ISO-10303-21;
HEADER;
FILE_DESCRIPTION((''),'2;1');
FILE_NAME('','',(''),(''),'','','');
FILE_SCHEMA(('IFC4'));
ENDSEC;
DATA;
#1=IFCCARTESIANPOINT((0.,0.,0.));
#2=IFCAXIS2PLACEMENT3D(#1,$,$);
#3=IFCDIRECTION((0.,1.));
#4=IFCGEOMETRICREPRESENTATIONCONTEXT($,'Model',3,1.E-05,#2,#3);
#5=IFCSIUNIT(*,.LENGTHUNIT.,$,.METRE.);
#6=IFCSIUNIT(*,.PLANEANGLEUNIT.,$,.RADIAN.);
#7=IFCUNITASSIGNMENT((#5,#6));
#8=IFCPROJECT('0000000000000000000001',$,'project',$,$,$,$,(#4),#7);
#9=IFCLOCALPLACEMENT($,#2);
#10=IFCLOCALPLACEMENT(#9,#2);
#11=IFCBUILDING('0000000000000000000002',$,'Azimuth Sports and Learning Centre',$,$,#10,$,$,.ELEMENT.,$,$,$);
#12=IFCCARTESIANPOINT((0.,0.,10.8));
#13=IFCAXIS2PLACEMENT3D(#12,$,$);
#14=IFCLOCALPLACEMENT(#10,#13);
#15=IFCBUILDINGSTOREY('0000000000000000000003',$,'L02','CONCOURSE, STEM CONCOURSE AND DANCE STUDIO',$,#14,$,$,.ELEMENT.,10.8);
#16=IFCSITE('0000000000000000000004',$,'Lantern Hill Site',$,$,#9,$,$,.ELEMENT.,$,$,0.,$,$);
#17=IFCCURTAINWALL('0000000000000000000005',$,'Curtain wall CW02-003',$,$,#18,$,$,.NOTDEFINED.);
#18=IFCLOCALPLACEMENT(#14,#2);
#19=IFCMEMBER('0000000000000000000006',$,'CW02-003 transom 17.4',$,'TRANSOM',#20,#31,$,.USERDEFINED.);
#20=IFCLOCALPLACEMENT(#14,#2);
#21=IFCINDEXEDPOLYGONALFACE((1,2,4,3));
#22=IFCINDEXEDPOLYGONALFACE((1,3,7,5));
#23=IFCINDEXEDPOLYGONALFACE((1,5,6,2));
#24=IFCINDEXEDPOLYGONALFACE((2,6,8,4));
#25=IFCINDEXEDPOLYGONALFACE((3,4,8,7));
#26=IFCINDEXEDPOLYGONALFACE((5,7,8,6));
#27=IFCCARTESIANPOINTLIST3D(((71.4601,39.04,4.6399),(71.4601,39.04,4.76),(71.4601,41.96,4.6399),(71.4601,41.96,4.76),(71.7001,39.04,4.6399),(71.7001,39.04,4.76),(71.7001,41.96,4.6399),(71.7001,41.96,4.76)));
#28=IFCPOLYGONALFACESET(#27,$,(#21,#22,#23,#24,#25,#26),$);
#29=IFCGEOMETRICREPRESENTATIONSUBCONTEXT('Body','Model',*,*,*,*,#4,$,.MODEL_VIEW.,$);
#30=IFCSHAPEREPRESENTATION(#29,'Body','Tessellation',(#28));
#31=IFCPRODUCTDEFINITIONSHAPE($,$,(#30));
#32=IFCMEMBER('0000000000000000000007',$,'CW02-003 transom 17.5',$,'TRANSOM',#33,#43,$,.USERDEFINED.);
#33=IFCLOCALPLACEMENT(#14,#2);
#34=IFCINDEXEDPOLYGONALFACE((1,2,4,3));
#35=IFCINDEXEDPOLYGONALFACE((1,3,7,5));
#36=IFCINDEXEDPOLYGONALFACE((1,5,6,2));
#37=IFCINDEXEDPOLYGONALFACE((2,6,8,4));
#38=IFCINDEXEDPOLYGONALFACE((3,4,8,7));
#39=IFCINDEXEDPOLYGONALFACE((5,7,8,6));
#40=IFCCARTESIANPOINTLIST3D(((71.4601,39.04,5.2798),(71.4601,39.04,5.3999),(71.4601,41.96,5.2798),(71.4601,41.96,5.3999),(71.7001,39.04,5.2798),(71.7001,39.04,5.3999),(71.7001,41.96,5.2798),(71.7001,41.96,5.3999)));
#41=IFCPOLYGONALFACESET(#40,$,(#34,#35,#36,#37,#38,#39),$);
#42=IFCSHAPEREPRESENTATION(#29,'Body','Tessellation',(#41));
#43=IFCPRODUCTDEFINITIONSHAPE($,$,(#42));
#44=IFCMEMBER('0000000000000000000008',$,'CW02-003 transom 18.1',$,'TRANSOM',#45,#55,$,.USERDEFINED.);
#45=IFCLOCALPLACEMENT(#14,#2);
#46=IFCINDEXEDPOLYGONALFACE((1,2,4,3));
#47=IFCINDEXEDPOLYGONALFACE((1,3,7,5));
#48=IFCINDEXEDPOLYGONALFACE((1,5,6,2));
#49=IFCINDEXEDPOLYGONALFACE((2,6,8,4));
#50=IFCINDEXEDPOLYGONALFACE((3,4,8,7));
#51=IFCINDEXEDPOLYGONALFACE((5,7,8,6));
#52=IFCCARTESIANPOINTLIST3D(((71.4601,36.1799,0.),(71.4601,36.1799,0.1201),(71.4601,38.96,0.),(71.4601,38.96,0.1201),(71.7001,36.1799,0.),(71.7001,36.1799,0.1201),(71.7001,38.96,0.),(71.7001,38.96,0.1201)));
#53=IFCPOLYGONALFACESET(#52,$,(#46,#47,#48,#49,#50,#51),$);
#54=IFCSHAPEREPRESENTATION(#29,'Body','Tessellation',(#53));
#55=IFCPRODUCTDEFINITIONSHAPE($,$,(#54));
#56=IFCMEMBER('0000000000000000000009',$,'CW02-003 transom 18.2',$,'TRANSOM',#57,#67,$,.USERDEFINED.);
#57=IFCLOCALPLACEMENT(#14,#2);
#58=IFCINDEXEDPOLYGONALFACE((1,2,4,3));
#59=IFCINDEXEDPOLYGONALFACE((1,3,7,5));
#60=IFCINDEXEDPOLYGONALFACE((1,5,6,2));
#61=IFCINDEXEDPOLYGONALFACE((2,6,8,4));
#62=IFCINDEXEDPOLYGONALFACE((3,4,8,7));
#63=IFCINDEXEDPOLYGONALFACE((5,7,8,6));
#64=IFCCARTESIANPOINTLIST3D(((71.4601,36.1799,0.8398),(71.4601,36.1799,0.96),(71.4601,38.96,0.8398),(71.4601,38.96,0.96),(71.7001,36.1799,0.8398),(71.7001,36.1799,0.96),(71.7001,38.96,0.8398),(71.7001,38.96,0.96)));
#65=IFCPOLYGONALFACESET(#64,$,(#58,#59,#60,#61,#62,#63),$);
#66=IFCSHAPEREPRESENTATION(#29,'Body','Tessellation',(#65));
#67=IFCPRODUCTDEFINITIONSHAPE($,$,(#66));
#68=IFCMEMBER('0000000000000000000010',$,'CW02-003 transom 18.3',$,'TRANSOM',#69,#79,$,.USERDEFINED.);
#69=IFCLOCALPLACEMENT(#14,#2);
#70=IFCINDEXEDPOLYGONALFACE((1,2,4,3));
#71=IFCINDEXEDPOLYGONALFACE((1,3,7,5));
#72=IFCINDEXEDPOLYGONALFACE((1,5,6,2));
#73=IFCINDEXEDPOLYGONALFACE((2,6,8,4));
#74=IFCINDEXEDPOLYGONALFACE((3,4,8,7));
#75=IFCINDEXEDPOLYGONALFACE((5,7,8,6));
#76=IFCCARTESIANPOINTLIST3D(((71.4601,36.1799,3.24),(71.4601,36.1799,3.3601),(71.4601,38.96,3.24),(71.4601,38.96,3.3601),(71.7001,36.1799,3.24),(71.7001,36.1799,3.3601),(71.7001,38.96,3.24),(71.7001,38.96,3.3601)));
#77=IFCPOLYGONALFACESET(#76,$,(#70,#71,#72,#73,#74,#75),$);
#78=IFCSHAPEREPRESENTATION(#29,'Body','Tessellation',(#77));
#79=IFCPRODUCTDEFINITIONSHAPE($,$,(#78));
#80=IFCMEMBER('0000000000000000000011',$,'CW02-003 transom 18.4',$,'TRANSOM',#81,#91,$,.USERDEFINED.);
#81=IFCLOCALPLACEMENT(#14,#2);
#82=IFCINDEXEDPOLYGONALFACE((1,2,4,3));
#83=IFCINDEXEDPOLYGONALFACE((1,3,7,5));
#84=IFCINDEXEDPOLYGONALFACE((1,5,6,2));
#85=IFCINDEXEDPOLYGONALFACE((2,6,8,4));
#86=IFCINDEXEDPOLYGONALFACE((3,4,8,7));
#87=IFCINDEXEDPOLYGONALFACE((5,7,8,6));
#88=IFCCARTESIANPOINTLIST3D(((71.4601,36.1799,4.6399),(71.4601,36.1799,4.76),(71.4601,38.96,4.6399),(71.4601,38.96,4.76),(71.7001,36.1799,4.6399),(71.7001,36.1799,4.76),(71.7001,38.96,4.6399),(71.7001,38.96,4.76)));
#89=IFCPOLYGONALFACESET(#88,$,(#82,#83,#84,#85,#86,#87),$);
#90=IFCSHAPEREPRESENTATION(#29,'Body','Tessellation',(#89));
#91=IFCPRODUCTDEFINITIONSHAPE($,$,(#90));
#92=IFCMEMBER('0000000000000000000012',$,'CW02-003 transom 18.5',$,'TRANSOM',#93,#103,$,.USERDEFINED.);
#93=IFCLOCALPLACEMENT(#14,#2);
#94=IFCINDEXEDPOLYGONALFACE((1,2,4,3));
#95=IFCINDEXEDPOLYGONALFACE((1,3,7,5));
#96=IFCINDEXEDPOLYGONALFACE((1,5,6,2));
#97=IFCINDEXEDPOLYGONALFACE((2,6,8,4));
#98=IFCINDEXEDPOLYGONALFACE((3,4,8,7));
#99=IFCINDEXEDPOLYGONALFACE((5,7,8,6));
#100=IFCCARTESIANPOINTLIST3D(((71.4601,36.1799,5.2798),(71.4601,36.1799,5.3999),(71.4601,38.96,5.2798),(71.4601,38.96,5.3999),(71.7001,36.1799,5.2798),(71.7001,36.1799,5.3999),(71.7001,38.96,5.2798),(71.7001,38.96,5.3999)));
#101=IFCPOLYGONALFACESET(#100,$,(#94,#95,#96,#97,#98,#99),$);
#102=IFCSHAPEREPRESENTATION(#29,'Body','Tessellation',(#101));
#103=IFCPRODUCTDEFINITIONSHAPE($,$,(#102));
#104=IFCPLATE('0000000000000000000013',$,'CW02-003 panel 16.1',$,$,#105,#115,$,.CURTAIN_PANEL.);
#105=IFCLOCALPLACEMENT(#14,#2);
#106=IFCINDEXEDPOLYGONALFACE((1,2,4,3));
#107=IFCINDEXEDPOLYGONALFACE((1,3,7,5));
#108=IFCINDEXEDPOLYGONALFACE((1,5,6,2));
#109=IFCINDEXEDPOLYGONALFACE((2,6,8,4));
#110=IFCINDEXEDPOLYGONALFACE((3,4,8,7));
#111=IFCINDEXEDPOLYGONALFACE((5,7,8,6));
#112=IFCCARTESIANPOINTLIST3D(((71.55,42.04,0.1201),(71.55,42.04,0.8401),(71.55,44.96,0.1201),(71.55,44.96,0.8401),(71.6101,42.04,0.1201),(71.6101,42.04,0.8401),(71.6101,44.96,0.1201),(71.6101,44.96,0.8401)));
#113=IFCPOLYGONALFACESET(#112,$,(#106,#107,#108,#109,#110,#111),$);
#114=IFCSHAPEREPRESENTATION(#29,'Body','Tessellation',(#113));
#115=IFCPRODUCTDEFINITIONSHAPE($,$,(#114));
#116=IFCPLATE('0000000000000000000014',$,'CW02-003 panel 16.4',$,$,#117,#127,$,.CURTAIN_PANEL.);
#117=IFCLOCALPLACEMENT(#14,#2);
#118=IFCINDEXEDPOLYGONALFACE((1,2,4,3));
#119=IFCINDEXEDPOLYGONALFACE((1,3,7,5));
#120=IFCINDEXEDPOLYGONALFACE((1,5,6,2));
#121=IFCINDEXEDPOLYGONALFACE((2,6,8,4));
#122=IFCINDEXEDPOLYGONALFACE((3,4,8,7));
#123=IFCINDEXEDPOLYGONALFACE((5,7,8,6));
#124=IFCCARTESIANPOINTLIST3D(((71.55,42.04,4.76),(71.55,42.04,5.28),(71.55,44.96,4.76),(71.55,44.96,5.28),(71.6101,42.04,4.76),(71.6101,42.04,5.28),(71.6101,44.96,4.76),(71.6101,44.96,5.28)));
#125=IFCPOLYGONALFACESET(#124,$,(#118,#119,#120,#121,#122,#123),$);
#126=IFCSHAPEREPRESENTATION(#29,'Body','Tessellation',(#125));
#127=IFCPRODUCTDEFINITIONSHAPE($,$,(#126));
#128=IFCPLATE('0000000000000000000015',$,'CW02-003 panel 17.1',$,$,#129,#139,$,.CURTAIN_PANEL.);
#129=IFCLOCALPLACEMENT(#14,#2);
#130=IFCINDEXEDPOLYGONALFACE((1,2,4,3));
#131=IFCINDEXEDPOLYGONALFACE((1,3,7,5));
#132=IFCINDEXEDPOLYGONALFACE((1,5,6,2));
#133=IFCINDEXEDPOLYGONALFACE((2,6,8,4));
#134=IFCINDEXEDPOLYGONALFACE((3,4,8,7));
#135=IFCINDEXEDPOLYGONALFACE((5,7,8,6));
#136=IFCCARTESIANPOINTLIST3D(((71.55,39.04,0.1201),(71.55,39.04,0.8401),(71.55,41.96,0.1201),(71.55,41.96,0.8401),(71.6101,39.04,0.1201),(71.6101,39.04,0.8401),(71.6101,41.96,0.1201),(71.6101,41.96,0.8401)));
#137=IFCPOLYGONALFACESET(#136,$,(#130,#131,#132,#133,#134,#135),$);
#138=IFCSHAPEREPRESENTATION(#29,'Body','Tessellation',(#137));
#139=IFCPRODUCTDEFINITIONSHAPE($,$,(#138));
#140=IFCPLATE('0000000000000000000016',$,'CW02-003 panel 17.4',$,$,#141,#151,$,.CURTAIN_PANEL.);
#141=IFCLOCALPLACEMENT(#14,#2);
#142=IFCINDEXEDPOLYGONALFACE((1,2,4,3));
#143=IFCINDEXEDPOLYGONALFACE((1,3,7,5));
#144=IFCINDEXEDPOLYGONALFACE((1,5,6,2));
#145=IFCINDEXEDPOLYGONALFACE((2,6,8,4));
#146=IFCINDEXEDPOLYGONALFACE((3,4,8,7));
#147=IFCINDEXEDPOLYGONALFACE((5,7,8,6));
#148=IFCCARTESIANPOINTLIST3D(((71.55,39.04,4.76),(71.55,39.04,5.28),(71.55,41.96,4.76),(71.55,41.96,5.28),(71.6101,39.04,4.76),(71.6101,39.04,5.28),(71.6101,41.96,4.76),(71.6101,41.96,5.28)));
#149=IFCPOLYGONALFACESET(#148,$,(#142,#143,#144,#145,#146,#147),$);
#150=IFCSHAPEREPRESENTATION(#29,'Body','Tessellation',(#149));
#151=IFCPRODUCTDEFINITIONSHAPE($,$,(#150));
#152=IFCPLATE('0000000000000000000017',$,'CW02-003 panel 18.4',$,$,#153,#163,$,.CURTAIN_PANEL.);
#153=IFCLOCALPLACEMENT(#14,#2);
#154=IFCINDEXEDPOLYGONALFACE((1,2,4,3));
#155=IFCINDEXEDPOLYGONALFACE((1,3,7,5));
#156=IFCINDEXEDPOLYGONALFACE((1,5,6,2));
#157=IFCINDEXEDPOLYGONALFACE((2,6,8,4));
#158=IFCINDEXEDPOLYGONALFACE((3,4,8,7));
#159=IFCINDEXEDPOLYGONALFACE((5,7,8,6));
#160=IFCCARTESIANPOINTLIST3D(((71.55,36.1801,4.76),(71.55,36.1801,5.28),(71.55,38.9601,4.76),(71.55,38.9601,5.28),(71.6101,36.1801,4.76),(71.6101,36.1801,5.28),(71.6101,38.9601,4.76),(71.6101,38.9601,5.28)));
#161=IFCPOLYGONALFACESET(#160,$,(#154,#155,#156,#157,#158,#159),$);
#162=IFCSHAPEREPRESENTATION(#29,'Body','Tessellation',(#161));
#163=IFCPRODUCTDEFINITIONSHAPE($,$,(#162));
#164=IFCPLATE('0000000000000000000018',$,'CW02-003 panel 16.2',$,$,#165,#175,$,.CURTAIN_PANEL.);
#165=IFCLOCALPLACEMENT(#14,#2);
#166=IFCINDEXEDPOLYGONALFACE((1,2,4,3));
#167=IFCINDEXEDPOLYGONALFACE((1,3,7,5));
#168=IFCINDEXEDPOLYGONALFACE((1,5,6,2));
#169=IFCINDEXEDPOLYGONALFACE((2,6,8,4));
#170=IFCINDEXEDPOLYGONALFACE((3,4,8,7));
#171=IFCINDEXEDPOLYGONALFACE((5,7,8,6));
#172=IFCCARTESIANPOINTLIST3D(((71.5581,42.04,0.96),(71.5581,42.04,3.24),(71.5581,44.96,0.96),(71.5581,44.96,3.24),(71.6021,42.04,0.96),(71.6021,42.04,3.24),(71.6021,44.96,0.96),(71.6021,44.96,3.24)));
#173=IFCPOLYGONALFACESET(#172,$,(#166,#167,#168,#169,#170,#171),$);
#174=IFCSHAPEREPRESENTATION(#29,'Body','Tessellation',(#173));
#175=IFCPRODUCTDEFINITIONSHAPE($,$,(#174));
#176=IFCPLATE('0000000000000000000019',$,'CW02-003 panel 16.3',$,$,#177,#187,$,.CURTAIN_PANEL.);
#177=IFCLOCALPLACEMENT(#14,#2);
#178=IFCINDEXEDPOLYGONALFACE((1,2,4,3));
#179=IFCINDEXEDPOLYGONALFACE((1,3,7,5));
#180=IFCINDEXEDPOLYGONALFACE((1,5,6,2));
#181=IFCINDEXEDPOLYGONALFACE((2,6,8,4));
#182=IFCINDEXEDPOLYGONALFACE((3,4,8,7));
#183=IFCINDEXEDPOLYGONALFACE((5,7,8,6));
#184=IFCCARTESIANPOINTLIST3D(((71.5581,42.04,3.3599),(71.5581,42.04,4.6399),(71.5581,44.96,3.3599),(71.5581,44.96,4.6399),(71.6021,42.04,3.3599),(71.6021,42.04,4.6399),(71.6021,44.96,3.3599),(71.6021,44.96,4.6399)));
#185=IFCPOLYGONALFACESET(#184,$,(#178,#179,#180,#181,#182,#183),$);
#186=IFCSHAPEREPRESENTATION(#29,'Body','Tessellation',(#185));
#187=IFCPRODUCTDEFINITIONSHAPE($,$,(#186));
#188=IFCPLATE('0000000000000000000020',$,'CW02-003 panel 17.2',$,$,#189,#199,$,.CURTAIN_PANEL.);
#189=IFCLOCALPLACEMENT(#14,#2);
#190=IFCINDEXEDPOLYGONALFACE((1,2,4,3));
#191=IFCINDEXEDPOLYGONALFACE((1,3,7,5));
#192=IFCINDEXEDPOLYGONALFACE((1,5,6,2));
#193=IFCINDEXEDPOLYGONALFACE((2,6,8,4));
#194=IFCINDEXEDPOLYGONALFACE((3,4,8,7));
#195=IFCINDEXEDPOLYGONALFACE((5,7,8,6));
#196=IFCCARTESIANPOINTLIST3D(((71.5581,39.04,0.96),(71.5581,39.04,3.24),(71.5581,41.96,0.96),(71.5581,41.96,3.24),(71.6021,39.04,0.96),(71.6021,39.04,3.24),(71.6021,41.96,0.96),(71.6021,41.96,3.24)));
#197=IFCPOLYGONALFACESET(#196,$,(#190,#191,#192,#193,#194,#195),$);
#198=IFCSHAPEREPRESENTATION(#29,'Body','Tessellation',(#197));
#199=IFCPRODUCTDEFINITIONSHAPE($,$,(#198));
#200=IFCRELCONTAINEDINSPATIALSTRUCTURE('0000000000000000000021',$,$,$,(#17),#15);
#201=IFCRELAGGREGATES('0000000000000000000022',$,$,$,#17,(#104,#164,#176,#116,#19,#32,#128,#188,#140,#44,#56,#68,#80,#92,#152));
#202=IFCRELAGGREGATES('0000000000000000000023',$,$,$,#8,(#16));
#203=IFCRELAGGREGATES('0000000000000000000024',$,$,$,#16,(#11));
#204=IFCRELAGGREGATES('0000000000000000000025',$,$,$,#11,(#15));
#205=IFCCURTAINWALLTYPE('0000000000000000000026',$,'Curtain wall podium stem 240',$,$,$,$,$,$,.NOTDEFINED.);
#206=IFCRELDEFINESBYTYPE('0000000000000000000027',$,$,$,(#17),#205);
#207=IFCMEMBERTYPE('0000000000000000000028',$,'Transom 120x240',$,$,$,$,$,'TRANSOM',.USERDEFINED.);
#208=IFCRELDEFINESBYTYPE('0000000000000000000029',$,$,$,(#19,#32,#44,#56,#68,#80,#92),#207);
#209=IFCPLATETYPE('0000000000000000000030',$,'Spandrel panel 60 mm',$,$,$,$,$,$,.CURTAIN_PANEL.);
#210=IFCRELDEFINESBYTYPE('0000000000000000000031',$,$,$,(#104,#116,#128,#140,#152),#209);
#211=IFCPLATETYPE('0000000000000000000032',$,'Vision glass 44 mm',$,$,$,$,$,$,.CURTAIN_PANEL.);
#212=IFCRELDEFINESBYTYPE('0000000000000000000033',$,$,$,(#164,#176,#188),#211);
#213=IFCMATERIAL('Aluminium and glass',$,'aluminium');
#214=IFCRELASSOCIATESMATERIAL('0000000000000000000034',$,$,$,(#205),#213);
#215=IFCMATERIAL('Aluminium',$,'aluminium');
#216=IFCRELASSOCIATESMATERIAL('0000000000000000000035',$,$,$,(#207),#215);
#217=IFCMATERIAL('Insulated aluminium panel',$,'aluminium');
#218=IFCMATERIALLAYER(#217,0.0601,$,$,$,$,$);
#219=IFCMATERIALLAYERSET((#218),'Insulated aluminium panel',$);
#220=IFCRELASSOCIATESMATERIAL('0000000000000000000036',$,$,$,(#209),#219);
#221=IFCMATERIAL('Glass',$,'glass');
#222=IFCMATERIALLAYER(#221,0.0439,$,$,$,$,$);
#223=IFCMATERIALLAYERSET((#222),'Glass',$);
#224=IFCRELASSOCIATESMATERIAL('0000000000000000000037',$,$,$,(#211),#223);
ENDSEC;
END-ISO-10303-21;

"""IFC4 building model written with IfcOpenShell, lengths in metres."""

from ifc_helpers import new_model, si_unit, direction, frame, origin, origin_2d, place, context, subcontext, project, spatial, rectangle, extrude, material, layer, layer_set, material_profile, profile_set, type_object, element, aggregate, save


model = new_model("IFC4")

# Units and contexts
model_context = context("Model", 3, precision=1e-05, world=origin(), true_north=direction((0.0, 1.0)))
body_context = subcontext(model_context, "Body", "Model", "MODEL_VIEW")
ifc_project = project(units=[si_unit("LENGTHUNIT", "METRE"), si_unit("PLANEANGLEUNIT", "RADIAN")], contexts=[model_context])

# Site, building, storey
site_placement = place(None, origin())
site = spatial("IfcSite", under=ifc_project, at=site_placement, Name="Lantern Hill Site", CompositionType="ELEMENT", RefElevation=0.0)
building_placement = place(site_placement, origin())
building = spatial("IfcBuilding", under=site, at=building_placement, Name="Azimuth Sports and Learning Centre", CompositionType="ELEMENT")
storey_placement = place(building_placement, frame((0.0, 0.0, 10.8)))
storey = spatial("IfcBuildingStorey", under=building, at=storey_placement, Name="L02", Description="CONCOURSE, STEM CONCOURSE AND DANCE STUDIO", CompositionType="ELEMENT", Elevation=10.8)

# Curtain wall, members, plates
ifc_material_1 = material(Name="Aluminium and glass", Category="aluminium")
curtain_wall_type = type_object("IfcCurtainWallType", Name="Curtain wall podium stem 240", PredefinedType="NOTDEFINED", material=ifc_material_1)
curtain_wall_placement = place(storey_placement, origin())
curtain_wall = element("IfcCurtainWall", 1, at=curtain_wall_placement, inside=storey, type_object=curtain_wall_type, Name="Curtain wall CW02-003", PredefinedType="NOTDEFINED")
ifc_material_2 = material(Name="Aluminium", Category="aluminium")
ifc_material_profile_1 = material_profile(ifc_material_2, rectangle(XDim=0.24, YDim=0.1201, at=origin_2d()), Name="Transom 120x240")
ifc_profile_set_1 = profile_set([ifc_material_profile_1], Name="Aluminium")
member_type_1 = type_object("IfcMemberType", Name="Transom 120x240", ElementType="TRANSOM", PredefinedType="USERDEFINED", material=ifc_profile_set_1)
member_1_placement = place(storey_placement, frame((71.5801, 41.96, 4.7), z_axis=(0.0, -1.0, 0.0), x_axis=(1.0, 0.0, 0.0)))
member_1 = element("IfcMember", 2, at=member_1_placement, type_object=member_type_1, Name="CW02-003 transom 17.4", ObjectType="TRANSOM", PredefinedType="USERDEFINED", context=body_context, shape_type="SweptSolid", body=[
    extrude(rectangle(XDim=0.24, YDim=0.1201, at=origin_2d()), origin(), (0.0, 0.0, 1.0), 2.9199),
])
member_2_placement = place(storey_placement, frame((71.5801, 41.96, 5.3398), z_axis=(0.0, -1.0, 0.0), x_axis=(1.0, 0.0, 0.0)))
member_2 = element("IfcMember", 3, at=member_2_placement, type_object=member_type_1, Name="CW02-003 transom 17.5", ObjectType="TRANSOM", PredefinedType="USERDEFINED", context=body_context, shape_type="SweptSolid", body=[
    extrude(rectangle(XDim=0.24, YDim=0.1201, at=origin_2d()), origin(), (0.0, 0.0, 1.0), 2.9199),
])
member_3_placement = place(storey_placement, frame((71.5801, 38.96, 0.0601), z_axis=(0.0, -1.0, 0.0), x_axis=(1.0, 0.0, 0.0)))
member_3 = element("IfcMember", 4, at=member_3_placement, type_object=member_type_1, Name="CW02-003 transom 18.1", ObjectType="TRANSOM", PredefinedType="USERDEFINED", context=body_context, shape_type="SweptSolid", body=[
    extrude(rectangle(XDim=0.24, YDim=0.1201, at=origin_2d()), origin(), (0.0, 0.0, 1.0), 2.78),
])
member_4_placement = place(storey_placement, frame((71.5801, 38.96, 0.8999), z_axis=(0.0, -1.0, 0.0), x_axis=(1.0, 0.0, 0.0)))
member_4 = element("IfcMember", 5, at=member_4_placement, type_object=member_type_1, Name="CW02-003 transom 18.2", ObjectType="TRANSOM", PredefinedType="USERDEFINED", context=body_context, shape_type="SweptSolid", body=[
    extrude(rectangle(XDim=0.24, YDim=0.1201, at=origin_2d()), origin(), (0.0, 0.0, 1.0), 2.78),
])
member_5_placement = place(storey_placement, frame((71.5801, 38.96, 3.3), z_axis=(0.0, -1.0, 0.0), x_axis=(1.0, 0.0, 0.0)))
member_5 = element("IfcMember", 6, at=member_5_placement, type_object=member_type_1, Name="CW02-003 transom 18.3", ObjectType="TRANSOM", PredefinedType="USERDEFINED", context=body_context, shape_type="SweptSolid", body=[
    extrude(rectangle(XDim=0.24, YDim=0.1201, at=origin_2d()), origin(), (0.0, 0.0, 1.0), 2.78),
])
member_6_placement = place(storey_placement, frame((71.5801, 38.96, 4.7), z_axis=(0.0, -1.0, 0.0), x_axis=(1.0, 0.0, 0.0)))
member_6 = element("IfcMember", 7, at=member_6_placement, type_object=member_type_1, Name="CW02-003 transom 18.4", ObjectType="TRANSOM", PredefinedType="USERDEFINED", context=body_context, shape_type="SweptSolid", body=[
    extrude(rectangle(XDim=0.24, YDim=0.1201, at=origin_2d()), origin(), (0.0, 0.0, 1.0), 2.78),
])
member_7_placement = place(storey_placement, frame((71.5801, 38.96, 5.3398), z_axis=(0.0, -1.0, 0.0), x_axis=(1.0, 0.0, 0.0)))
member_7 = element("IfcMember", 8, at=member_7_placement, type_object=member_type_1, Name="CW02-003 transom 18.5", ObjectType="TRANSOM", PredefinedType="USERDEFINED", context=body_context, shape_type="SweptSolid", body=[
    extrude(rectangle(XDim=0.24, YDim=0.1201, at=origin_2d()), origin(), (0.0, 0.0, 1.0), 2.78),
])
ifc_material_3 = material(Name="Insulated aluminium panel", Category="aluminium")
ifc_layer_1 = layer(ifc_material_3, 0.0601)
ifc_layer_set_1 = layer_set([ifc_layer_1], Name="Insulated aluminium panel")
plate_type_1 = type_object("IfcPlateType", Name="Spandrel panel 60 mm", PredefinedType="CURTAIN_PANEL", material=ifc_layer_set_1)
plate_1_placement = place(storey_placement, frame((71.5801, 43.5, 0.1201), z_axis=(0.0, 0.0, 1.0), x_axis=(0.0, -1.0, 0.0)))
plate_1 = element("IfcPlate", 9, at=plate_1_placement, type_object=plate_type_1, Name="CW02-003 panel 16.1", PredefinedType="CURTAIN_PANEL", context=body_context, shape_type="SweptSolid", body=[
    extrude(rectangle(XDim=2.9199, YDim=0.0601, at=origin_2d()), origin(), (0.0, 0.0, 1.0), 0.72),
])
plate_2_placement = place(storey_placement, frame((71.5801, 43.5, 4.76), z_axis=(0.0, 0.0, 1.0), x_axis=(0.0, -1.0, 0.0)))
plate_2 = element("IfcPlate", 10, at=plate_2_placement, type_object=plate_type_1, Name="CW02-003 panel 16.4", PredefinedType="CURTAIN_PANEL", context=body_context, shape_type="SweptSolid", body=[
    extrude(rectangle(XDim=2.9199, YDim=0.0601, at=origin_2d()), origin(), (0.0, 0.0, 1.0), 0.52),
])
plate_3_placement = place(storey_placement, frame((71.5801, 40.5, 0.1201), z_axis=(0.0, 0.0, 1.0), x_axis=(0.0, -1.0, 0.0)))
plate_3 = element("IfcPlate", 11, at=plate_3_placement, type_object=plate_type_1, Name="CW02-003 panel 17.1", PredefinedType="CURTAIN_PANEL", context=body_context, shape_type="SweptSolid", body=[
    extrude(rectangle(XDim=2.9199, YDim=0.0601, at=origin_2d()), origin(), (0.0, 0.0, 1.0), 0.72),
])
plate_4_placement = place(storey_placement, frame((71.5801, 40.5, 4.76), z_axis=(0.0, 0.0, 1.0), x_axis=(0.0, -1.0, 0.0)))
plate_4 = element("IfcPlate", 12, at=plate_4_placement, type_object=plate_type_1, Name="CW02-003 panel 17.4", PredefinedType="CURTAIN_PANEL", context=body_context, shape_type="SweptSolid", body=[
    extrude(rectangle(XDim=2.9199, YDim=0.0601, at=origin_2d()), origin(), (0.0, 0.0, 1.0), 0.52),
])
plate_5_placement = place(storey_placement, frame((71.5801, 37.5701, 4.76), z_axis=(0.0, 0.0, 1.0), x_axis=(0.0, -1.0, 0.0)))
plate_5 = element("IfcPlate", 13, at=plate_5_placement, type_object=plate_type_1, Name="CW02-003 panel 18.4", PredefinedType="CURTAIN_PANEL", context=body_context, shape_type="SweptSolid", body=[
    extrude(rectangle(XDim=2.78, YDim=0.0601, at=origin_2d()), origin(), (0.0, 0.0, 1.0), 0.52),
])
ifc_material_4 = material(Name="Glass", Category="glass")
ifc_layer_2 = layer(ifc_material_4, 0.0439)
ifc_layer_set_2 = layer_set([ifc_layer_2], Name="Glass")
plate_type_2 = type_object("IfcPlateType", Name="Vision glass 44 mm", PredefinedType="CURTAIN_PANEL", material=ifc_layer_set_2)
plate_6_placement = place(storey_placement, frame((71.5801, 43.5, 0.96), z_axis=(0.0, 0.0, 1.0), x_axis=(0.0, -1.0, 0.0)))
plate_6 = element("IfcPlate", 14, at=plate_6_placement, type_object=plate_type_2, Name="CW02-003 panel 16.2", PredefinedType="CURTAIN_PANEL", context=body_context, shape_type="SweptSolid", body=[
    extrude(rectangle(XDim=2.9199, YDim=0.0439, at=origin_2d()), origin(), (0.0, 0.0, 1.0), 2.28),
])
plate_7_placement = place(storey_placement, frame((71.5801, 43.5, 3.3599), z_axis=(0.0, 0.0, 1.0), x_axis=(0.0, -1.0, 0.0)))
plate_7 = element("IfcPlate", 15, at=plate_7_placement, type_object=plate_type_2, Name="CW02-003 panel 16.3", PredefinedType="CURTAIN_PANEL", context=body_context, shape_type="SweptSolid", body=[
    extrude(rectangle(XDim=2.9199, YDim=0.0439, at=origin_2d()), origin(), (0.0, 0.0, 1.0), 1.28),
])
plate_8_placement = place(storey_placement, frame((71.5801, 40.5, 0.96), z_axis=(0.0, 0.0, 1.0), x_axis=(0.0, -1.0, 0.0)))
plate_8 = element("IfcPlate", 16, at=plate_8_placement, type_object=plate_type_2, Name="CW02-003 panel 17.2", PredefinedType="CURTAIN_PANEL", context=body_context, shape_type="SweptSolid", body=[
    extrude(rectangle(XDim=2.9199, YDim=0.0439, at=origin_2d()), origin(), (0.0, 0.0, 1.0), 2.28),
])
aggregate(curtain_wall, [plate_1, plate_6, plate_7, plate_2, member_1, member_2, plate_3, plate_8, plate_4, member_3, member_4, member_5, member_6, member_7, plate_5])

save(model, "model.ifc")
